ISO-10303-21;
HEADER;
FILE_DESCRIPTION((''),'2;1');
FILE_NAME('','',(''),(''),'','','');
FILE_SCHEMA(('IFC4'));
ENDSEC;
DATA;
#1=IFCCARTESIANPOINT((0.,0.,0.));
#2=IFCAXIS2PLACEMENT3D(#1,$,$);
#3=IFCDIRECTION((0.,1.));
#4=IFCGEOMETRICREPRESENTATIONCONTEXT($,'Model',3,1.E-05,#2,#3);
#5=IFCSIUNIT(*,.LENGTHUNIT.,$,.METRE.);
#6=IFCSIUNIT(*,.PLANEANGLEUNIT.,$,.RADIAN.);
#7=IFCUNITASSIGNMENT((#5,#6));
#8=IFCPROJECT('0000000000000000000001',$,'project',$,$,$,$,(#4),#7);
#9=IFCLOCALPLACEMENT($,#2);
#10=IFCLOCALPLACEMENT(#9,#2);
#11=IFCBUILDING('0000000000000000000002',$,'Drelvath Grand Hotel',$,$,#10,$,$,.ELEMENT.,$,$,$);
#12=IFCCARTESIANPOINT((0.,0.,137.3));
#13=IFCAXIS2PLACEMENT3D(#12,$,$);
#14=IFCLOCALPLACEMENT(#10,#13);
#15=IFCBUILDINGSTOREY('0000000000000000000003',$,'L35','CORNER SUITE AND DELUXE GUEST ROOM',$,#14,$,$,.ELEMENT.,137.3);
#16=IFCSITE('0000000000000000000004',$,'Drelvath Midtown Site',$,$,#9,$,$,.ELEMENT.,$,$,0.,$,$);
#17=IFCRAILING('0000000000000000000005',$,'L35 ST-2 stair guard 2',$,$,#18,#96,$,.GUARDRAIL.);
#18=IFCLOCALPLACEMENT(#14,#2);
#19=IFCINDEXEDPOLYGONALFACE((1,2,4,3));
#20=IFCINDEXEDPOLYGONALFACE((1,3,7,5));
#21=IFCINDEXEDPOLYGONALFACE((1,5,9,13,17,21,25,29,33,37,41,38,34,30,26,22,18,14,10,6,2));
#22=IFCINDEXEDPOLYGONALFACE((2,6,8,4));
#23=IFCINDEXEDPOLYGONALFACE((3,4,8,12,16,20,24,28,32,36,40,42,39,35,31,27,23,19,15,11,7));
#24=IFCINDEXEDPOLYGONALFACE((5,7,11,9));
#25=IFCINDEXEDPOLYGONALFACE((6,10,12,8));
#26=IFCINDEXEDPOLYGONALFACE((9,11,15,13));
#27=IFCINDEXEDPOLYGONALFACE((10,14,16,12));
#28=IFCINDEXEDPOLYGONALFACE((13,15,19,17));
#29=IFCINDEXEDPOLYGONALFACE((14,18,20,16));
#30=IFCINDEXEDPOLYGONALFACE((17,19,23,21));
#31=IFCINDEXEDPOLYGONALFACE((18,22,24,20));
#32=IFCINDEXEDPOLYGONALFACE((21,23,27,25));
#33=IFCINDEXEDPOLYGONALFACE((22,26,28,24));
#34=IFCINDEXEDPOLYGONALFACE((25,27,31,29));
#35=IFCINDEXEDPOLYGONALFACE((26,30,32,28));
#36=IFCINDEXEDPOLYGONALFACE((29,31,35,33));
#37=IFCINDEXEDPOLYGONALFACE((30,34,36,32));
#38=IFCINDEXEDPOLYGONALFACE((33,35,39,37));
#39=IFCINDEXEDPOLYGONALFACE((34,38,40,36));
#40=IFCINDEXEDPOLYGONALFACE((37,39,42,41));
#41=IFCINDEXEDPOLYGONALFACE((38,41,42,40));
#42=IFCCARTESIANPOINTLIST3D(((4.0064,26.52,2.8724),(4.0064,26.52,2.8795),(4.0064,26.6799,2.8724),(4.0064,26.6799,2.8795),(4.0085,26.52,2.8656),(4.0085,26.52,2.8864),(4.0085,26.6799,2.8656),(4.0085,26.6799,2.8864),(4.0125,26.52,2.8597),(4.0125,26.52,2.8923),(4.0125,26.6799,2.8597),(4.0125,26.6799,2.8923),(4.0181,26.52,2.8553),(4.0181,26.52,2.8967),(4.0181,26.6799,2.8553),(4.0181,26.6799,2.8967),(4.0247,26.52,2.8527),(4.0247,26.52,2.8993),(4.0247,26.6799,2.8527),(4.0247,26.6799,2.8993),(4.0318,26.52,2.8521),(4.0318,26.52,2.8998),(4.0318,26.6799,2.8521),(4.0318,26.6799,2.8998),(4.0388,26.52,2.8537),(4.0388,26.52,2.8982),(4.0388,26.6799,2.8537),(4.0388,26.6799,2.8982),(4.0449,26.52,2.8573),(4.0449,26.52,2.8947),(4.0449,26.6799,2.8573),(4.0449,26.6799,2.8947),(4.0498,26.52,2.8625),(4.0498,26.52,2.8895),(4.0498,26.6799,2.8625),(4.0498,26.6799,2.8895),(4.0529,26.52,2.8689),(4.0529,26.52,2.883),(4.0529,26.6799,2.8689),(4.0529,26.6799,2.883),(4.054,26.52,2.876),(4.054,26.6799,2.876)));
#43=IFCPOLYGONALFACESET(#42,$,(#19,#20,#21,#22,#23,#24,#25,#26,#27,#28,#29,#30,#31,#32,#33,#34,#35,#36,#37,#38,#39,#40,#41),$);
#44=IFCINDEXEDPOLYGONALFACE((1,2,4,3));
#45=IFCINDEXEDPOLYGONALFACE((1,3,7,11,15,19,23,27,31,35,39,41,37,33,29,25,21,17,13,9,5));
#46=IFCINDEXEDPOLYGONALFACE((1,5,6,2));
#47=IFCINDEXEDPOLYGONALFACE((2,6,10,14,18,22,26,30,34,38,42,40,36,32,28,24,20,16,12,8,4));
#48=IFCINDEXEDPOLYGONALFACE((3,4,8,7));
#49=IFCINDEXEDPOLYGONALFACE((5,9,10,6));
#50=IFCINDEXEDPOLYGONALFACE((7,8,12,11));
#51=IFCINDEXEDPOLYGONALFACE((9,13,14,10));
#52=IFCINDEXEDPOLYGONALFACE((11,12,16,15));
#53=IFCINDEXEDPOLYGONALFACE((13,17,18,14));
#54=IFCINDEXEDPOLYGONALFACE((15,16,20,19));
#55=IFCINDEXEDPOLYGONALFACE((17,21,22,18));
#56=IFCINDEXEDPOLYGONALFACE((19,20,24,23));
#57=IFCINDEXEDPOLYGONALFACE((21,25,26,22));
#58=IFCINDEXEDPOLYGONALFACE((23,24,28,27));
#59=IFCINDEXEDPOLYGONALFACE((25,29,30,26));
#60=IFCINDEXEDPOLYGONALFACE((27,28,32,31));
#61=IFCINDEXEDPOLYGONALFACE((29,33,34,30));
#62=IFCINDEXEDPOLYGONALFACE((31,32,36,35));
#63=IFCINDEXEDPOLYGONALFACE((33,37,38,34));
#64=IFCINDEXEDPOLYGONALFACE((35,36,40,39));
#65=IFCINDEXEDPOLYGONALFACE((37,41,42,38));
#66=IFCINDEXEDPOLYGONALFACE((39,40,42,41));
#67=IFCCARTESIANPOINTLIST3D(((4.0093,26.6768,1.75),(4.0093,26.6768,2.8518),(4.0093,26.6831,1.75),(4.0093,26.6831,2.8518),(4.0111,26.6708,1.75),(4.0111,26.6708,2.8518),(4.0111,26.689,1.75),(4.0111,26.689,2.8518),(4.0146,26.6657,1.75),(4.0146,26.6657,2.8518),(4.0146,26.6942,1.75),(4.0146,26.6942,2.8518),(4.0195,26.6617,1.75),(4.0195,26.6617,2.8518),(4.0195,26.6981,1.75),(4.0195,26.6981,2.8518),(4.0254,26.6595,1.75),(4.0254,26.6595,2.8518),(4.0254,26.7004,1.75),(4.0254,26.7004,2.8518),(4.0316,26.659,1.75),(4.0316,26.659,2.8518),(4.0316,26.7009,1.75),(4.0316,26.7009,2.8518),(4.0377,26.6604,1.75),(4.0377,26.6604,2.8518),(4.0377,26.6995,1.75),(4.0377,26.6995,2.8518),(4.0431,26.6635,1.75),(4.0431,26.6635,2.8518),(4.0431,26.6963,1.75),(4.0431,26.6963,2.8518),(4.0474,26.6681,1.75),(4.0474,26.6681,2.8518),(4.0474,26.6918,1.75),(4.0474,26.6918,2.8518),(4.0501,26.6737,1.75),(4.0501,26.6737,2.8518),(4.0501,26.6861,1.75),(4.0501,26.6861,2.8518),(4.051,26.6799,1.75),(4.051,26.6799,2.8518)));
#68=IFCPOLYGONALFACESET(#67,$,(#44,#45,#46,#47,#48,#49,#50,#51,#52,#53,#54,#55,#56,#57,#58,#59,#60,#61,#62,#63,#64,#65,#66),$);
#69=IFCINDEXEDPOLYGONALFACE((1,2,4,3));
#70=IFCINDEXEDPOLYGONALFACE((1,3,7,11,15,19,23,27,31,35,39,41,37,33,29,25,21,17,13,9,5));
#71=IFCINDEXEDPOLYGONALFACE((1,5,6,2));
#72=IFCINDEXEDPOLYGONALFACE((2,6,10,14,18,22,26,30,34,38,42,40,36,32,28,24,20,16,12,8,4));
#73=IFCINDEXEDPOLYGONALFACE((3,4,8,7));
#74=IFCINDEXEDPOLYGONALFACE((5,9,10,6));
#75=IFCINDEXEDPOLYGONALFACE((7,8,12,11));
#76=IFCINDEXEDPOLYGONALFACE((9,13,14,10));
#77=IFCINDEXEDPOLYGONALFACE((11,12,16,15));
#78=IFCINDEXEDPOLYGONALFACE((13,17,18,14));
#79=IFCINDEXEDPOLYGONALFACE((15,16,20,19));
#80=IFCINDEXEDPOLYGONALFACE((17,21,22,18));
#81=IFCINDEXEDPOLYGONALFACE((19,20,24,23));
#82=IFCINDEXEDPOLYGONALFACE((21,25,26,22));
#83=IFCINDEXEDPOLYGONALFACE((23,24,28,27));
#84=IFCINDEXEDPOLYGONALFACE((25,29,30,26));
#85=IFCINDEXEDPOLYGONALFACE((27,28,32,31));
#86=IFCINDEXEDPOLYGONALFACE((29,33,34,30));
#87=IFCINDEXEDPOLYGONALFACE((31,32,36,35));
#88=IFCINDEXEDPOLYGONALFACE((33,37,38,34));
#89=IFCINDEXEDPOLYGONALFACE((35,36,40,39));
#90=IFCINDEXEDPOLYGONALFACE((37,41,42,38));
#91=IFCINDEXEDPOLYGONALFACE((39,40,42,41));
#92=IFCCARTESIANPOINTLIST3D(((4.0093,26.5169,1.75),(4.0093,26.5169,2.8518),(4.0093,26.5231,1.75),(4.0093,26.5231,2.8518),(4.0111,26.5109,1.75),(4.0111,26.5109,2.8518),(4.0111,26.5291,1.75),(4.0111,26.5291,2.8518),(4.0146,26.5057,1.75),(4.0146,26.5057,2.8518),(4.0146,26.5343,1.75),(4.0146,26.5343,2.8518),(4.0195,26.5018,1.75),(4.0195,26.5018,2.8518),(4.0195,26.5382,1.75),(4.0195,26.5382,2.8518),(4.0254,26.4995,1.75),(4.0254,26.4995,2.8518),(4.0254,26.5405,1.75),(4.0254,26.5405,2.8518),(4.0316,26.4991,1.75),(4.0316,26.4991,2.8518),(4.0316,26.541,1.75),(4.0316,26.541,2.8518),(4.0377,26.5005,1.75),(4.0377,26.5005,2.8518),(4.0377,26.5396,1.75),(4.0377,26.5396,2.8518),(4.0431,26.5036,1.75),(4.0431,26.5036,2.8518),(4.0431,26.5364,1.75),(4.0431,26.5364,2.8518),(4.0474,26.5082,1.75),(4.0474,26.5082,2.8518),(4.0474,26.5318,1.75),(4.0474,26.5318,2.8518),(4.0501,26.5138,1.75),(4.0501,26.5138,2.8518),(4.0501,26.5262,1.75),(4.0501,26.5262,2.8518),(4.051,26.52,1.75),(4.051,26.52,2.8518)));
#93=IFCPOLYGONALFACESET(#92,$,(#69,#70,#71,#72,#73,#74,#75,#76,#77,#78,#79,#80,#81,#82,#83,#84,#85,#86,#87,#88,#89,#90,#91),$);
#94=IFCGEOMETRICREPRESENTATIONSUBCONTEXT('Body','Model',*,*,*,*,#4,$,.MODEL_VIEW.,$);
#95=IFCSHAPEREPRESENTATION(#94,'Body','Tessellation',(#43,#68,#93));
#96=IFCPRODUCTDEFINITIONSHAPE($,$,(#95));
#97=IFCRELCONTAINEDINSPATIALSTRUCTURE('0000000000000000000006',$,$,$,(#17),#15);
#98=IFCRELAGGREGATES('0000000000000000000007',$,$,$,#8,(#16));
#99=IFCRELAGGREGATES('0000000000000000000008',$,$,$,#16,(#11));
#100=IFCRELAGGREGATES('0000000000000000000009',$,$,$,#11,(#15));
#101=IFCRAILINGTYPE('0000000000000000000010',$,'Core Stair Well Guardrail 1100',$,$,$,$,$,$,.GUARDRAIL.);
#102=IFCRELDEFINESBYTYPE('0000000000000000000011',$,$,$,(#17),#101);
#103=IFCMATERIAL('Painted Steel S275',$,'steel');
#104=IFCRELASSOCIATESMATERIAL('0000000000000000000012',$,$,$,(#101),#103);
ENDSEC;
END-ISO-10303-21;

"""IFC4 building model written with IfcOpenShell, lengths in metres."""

from ifc_helpers import new_model, si_unit, direction, frame, origin, origin_2d, place, context, subcontext, project, spatial, circle, extrude, material, type_object, element, save


model = new_model("IFC4")

# Units and contexts
model_context = context("Model", 3, precision=1e-05, world=origin(), true_north=direction((0.0, 1.0)))
body_context = subcontext(model_context, "Body", "Model", "MODEL_VIEW")
ifc_project = project(units=[si_unit("LENGTHUNIT", "METRE"), si_unit("PLANEANGLEUNIT", "RADIAN")], contexts=[model_context])

# Site, building, storey
site_placement = place(None, origin())
site = spatial("IfcSite", under=ifc_project, at=site_placement, Name="Drelvath Midtown Site", CompositionType="ELEMENT", RefElevation=0.0)
building_placement = place(site_placement, origin())
building = spatial("IfcBuilding", under=site, at=building_placement, Name="Drelvath Grand Hotel", CompositionType="ELEMENT")
storey_placement = place(building_placement, frame((0.0, 0.0, 137.3)))
storey = spatial("IfcBuildingStorey", under=building, at=storey_placement, Name="L35", Description="CORNER SUITE AND DELUXE GUEST ROOM", CompositionType="ELEMENT", Elevation=137.3)

# Railing
ifc_material_1 = material(Name="Painted Steel S275", Category="steel")
railing_type_1 = type_object("IfcRailingType", Name="Core Stair Well Guardrail 1100", PredefinedType="GUARDRAIL", material=ifc_material_1)
railing_1_placement = place(storey_placement, frame((4.03, 26.6799, 1.75)))
element("IfcRailing", 1, at=railing_1_placement, inside=storey, type_object=railing_type_1, Name="L35 ST-2 stair guard 2", PredefinedType="GUARDRAIL", context=body_context, shape_type="SweptSolid", body=[
    extrude(circle(Radius=0.0239, at=origin_2d()), frame((0.0, 0.0, 1.126), z_axis=(0.0, -1.0, 0.0), x_axis=(1.0, 0.0, 0.0)), (0.0, 0.0, 1.0), 0.1599),
    extrude(circle(Radius=0.021, at=origin_2d()), origin(), (0.0, 0.0, 1.0), 1.1018),
    extrude(circle(Radius=0.021, at=origin_2d()), frame((0.0, -0.1599, 0.0)), (0.0, 0.0, 1.0), 1.1018),
])

save(model, "model.ifc")
